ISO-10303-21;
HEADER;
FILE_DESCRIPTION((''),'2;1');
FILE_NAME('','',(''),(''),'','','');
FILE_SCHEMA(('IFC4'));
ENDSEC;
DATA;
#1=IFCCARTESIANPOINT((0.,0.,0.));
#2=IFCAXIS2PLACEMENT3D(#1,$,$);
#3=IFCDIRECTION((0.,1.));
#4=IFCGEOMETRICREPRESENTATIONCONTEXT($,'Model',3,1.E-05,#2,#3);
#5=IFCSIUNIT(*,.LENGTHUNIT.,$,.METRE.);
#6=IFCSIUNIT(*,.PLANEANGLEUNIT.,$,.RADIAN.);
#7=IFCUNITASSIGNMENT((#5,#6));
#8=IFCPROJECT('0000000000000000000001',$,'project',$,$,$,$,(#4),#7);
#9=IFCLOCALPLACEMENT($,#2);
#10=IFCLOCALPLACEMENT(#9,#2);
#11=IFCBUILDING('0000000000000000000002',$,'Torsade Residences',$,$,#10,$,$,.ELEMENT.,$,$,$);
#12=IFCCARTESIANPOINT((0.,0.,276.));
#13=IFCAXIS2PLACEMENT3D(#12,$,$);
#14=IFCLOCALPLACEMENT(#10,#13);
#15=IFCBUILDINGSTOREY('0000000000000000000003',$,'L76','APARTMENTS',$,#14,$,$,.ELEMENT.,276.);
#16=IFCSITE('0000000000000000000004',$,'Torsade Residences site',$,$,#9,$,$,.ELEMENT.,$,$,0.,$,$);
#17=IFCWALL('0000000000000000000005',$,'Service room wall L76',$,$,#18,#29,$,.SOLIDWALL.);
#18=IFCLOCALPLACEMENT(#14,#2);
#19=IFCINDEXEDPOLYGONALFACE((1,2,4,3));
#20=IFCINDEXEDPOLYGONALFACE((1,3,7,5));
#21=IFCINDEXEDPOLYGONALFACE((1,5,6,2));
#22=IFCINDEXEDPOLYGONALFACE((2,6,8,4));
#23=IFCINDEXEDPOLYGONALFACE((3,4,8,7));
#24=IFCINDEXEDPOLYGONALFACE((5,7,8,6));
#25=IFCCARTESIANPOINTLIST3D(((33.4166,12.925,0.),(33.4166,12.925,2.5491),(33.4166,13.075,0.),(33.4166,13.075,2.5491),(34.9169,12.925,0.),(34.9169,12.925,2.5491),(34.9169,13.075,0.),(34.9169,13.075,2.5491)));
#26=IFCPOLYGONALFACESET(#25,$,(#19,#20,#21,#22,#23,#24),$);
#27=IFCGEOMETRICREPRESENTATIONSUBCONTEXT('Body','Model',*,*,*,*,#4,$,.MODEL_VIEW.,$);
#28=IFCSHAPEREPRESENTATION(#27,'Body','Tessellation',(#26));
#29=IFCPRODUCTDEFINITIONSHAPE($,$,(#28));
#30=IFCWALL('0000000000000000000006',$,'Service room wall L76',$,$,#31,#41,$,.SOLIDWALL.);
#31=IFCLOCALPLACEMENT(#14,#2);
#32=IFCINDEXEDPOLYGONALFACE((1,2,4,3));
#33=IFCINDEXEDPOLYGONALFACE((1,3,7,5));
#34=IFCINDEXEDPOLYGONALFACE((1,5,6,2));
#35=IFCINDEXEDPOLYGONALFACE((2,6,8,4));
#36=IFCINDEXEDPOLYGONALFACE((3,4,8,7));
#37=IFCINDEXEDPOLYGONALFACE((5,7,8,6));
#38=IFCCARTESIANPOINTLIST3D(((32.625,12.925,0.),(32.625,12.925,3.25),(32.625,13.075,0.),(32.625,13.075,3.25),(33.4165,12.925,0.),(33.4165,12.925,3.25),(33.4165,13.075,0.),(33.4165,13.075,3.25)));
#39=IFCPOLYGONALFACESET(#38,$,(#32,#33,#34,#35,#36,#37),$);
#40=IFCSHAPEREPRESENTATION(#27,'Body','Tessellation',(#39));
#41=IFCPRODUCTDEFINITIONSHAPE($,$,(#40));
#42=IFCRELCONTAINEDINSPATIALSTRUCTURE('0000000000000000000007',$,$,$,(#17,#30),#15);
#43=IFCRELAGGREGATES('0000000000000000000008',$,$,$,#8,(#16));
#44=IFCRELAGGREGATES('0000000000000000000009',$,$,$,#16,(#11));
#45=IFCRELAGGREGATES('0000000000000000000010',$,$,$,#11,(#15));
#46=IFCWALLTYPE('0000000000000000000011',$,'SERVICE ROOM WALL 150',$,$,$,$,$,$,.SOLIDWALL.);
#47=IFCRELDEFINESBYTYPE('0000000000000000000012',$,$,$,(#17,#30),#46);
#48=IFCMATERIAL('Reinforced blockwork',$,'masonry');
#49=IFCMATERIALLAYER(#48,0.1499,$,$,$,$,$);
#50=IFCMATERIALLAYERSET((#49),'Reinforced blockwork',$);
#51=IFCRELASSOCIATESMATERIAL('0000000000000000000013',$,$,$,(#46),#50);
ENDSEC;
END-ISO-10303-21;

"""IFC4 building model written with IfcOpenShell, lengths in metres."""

from ifc_helpers import new_model, si_unit, direction, frame, frame_2d, origin, place, context, subcontext, project, spatial, rectangle, extrude, material, layer, layer_set, type_object, element, save


model = new_model("IFC4")

# Units and contexts
model_context = context("Model", 3, precision=1e-05, world=origin(), true_north=direction((0.0, 1.0)))
body_context = subcontext(model_context, "Body", "Model", "MODEL_VIEW")
ifc_project = project(units=[si_unit("LENGTHUNIT", "METRE"), si_unit("PLANEANGLEUNIT", "RADIAN")], contexts=[model_context])

# Site, building, storey
site_placement = place(None, origin())
site = spatial("IfcSite", under=ifc_project, at=site_placement, Name="Torsade Residences site", CompositionType="ELEMENT", RefElevation=0.0)
building_placement = place(site_placement, origin())
building = spatial("IfcBuilding", under=site, at=building_placement, Name="Torsade Residences", CompositionType="ELEMENT")
storey_placement = place(building_placement, frame((0.0, 0.0, 276.0)))
storey = spatial("IfcBuildingStorey", under=building, at=storey_placement, Name="L76", Description="APARTMENTS", CompositionType="ELEMENT", Elevation=276.0)

# Shared definitions
ifc_material_1 = material(Name="Reinforced blockwork", Category="masonry")
ifc_layer_1 = layer(ifc_material_1, 0.1499)
ifc_layer_set_1 = layer_set([ifc_layer_1], Name="Reinforced blockwork")
wall_type_1 = type_object("IfcWallType", Name="SERVICE ROOM WALL 150", PredefinedType="SOLIDWALL", material=ifc_layer_set_1)

# Walls
wall_1_placement = place(storey_placement, frame((34.9167, 13.0, 0.0), z_axis=(0.0, 0.0, 1.0), x_axis=(-1.0, 0.0, 0.0)))
element("IfcWall", 1, at=wall_1_placement, inside=storey, type_object=wall_type_1, Name="Service room wall L76", PredefinedType="SOLIDWALL", context=body_context, shape_type="SweptSolid", body=[
    extrude(rectangle(XDim=1.5002, YDim=0.1499, at=frame_2d((0.75, 0.0))), origin(), (0.0, 0.0, 1.0), 2.5491),
])
wall_2_placement = place(storey_placement, frame((33.4165, 13.0, 0.0), z_axis=(0.0, 0.0, 1.0), x_axis=(-1.0, 0.0, 0.0)))
element("IfcWall", 2, at=wall_2_placement, inside=storey, type_object=wall_type_1, Name="Service room wall L76", PredefinedType="SOLIDWALL", context=body_context, shape_type="SweptSolid", body=[
    extrude(rectangle(XDim=0.7915, YDim=0.1499, at=frame_2d((0.3958, 0.0))), origin(), (0.0, 0.0, 1.0), 3.25),
])

save(model, "model.ifc")
